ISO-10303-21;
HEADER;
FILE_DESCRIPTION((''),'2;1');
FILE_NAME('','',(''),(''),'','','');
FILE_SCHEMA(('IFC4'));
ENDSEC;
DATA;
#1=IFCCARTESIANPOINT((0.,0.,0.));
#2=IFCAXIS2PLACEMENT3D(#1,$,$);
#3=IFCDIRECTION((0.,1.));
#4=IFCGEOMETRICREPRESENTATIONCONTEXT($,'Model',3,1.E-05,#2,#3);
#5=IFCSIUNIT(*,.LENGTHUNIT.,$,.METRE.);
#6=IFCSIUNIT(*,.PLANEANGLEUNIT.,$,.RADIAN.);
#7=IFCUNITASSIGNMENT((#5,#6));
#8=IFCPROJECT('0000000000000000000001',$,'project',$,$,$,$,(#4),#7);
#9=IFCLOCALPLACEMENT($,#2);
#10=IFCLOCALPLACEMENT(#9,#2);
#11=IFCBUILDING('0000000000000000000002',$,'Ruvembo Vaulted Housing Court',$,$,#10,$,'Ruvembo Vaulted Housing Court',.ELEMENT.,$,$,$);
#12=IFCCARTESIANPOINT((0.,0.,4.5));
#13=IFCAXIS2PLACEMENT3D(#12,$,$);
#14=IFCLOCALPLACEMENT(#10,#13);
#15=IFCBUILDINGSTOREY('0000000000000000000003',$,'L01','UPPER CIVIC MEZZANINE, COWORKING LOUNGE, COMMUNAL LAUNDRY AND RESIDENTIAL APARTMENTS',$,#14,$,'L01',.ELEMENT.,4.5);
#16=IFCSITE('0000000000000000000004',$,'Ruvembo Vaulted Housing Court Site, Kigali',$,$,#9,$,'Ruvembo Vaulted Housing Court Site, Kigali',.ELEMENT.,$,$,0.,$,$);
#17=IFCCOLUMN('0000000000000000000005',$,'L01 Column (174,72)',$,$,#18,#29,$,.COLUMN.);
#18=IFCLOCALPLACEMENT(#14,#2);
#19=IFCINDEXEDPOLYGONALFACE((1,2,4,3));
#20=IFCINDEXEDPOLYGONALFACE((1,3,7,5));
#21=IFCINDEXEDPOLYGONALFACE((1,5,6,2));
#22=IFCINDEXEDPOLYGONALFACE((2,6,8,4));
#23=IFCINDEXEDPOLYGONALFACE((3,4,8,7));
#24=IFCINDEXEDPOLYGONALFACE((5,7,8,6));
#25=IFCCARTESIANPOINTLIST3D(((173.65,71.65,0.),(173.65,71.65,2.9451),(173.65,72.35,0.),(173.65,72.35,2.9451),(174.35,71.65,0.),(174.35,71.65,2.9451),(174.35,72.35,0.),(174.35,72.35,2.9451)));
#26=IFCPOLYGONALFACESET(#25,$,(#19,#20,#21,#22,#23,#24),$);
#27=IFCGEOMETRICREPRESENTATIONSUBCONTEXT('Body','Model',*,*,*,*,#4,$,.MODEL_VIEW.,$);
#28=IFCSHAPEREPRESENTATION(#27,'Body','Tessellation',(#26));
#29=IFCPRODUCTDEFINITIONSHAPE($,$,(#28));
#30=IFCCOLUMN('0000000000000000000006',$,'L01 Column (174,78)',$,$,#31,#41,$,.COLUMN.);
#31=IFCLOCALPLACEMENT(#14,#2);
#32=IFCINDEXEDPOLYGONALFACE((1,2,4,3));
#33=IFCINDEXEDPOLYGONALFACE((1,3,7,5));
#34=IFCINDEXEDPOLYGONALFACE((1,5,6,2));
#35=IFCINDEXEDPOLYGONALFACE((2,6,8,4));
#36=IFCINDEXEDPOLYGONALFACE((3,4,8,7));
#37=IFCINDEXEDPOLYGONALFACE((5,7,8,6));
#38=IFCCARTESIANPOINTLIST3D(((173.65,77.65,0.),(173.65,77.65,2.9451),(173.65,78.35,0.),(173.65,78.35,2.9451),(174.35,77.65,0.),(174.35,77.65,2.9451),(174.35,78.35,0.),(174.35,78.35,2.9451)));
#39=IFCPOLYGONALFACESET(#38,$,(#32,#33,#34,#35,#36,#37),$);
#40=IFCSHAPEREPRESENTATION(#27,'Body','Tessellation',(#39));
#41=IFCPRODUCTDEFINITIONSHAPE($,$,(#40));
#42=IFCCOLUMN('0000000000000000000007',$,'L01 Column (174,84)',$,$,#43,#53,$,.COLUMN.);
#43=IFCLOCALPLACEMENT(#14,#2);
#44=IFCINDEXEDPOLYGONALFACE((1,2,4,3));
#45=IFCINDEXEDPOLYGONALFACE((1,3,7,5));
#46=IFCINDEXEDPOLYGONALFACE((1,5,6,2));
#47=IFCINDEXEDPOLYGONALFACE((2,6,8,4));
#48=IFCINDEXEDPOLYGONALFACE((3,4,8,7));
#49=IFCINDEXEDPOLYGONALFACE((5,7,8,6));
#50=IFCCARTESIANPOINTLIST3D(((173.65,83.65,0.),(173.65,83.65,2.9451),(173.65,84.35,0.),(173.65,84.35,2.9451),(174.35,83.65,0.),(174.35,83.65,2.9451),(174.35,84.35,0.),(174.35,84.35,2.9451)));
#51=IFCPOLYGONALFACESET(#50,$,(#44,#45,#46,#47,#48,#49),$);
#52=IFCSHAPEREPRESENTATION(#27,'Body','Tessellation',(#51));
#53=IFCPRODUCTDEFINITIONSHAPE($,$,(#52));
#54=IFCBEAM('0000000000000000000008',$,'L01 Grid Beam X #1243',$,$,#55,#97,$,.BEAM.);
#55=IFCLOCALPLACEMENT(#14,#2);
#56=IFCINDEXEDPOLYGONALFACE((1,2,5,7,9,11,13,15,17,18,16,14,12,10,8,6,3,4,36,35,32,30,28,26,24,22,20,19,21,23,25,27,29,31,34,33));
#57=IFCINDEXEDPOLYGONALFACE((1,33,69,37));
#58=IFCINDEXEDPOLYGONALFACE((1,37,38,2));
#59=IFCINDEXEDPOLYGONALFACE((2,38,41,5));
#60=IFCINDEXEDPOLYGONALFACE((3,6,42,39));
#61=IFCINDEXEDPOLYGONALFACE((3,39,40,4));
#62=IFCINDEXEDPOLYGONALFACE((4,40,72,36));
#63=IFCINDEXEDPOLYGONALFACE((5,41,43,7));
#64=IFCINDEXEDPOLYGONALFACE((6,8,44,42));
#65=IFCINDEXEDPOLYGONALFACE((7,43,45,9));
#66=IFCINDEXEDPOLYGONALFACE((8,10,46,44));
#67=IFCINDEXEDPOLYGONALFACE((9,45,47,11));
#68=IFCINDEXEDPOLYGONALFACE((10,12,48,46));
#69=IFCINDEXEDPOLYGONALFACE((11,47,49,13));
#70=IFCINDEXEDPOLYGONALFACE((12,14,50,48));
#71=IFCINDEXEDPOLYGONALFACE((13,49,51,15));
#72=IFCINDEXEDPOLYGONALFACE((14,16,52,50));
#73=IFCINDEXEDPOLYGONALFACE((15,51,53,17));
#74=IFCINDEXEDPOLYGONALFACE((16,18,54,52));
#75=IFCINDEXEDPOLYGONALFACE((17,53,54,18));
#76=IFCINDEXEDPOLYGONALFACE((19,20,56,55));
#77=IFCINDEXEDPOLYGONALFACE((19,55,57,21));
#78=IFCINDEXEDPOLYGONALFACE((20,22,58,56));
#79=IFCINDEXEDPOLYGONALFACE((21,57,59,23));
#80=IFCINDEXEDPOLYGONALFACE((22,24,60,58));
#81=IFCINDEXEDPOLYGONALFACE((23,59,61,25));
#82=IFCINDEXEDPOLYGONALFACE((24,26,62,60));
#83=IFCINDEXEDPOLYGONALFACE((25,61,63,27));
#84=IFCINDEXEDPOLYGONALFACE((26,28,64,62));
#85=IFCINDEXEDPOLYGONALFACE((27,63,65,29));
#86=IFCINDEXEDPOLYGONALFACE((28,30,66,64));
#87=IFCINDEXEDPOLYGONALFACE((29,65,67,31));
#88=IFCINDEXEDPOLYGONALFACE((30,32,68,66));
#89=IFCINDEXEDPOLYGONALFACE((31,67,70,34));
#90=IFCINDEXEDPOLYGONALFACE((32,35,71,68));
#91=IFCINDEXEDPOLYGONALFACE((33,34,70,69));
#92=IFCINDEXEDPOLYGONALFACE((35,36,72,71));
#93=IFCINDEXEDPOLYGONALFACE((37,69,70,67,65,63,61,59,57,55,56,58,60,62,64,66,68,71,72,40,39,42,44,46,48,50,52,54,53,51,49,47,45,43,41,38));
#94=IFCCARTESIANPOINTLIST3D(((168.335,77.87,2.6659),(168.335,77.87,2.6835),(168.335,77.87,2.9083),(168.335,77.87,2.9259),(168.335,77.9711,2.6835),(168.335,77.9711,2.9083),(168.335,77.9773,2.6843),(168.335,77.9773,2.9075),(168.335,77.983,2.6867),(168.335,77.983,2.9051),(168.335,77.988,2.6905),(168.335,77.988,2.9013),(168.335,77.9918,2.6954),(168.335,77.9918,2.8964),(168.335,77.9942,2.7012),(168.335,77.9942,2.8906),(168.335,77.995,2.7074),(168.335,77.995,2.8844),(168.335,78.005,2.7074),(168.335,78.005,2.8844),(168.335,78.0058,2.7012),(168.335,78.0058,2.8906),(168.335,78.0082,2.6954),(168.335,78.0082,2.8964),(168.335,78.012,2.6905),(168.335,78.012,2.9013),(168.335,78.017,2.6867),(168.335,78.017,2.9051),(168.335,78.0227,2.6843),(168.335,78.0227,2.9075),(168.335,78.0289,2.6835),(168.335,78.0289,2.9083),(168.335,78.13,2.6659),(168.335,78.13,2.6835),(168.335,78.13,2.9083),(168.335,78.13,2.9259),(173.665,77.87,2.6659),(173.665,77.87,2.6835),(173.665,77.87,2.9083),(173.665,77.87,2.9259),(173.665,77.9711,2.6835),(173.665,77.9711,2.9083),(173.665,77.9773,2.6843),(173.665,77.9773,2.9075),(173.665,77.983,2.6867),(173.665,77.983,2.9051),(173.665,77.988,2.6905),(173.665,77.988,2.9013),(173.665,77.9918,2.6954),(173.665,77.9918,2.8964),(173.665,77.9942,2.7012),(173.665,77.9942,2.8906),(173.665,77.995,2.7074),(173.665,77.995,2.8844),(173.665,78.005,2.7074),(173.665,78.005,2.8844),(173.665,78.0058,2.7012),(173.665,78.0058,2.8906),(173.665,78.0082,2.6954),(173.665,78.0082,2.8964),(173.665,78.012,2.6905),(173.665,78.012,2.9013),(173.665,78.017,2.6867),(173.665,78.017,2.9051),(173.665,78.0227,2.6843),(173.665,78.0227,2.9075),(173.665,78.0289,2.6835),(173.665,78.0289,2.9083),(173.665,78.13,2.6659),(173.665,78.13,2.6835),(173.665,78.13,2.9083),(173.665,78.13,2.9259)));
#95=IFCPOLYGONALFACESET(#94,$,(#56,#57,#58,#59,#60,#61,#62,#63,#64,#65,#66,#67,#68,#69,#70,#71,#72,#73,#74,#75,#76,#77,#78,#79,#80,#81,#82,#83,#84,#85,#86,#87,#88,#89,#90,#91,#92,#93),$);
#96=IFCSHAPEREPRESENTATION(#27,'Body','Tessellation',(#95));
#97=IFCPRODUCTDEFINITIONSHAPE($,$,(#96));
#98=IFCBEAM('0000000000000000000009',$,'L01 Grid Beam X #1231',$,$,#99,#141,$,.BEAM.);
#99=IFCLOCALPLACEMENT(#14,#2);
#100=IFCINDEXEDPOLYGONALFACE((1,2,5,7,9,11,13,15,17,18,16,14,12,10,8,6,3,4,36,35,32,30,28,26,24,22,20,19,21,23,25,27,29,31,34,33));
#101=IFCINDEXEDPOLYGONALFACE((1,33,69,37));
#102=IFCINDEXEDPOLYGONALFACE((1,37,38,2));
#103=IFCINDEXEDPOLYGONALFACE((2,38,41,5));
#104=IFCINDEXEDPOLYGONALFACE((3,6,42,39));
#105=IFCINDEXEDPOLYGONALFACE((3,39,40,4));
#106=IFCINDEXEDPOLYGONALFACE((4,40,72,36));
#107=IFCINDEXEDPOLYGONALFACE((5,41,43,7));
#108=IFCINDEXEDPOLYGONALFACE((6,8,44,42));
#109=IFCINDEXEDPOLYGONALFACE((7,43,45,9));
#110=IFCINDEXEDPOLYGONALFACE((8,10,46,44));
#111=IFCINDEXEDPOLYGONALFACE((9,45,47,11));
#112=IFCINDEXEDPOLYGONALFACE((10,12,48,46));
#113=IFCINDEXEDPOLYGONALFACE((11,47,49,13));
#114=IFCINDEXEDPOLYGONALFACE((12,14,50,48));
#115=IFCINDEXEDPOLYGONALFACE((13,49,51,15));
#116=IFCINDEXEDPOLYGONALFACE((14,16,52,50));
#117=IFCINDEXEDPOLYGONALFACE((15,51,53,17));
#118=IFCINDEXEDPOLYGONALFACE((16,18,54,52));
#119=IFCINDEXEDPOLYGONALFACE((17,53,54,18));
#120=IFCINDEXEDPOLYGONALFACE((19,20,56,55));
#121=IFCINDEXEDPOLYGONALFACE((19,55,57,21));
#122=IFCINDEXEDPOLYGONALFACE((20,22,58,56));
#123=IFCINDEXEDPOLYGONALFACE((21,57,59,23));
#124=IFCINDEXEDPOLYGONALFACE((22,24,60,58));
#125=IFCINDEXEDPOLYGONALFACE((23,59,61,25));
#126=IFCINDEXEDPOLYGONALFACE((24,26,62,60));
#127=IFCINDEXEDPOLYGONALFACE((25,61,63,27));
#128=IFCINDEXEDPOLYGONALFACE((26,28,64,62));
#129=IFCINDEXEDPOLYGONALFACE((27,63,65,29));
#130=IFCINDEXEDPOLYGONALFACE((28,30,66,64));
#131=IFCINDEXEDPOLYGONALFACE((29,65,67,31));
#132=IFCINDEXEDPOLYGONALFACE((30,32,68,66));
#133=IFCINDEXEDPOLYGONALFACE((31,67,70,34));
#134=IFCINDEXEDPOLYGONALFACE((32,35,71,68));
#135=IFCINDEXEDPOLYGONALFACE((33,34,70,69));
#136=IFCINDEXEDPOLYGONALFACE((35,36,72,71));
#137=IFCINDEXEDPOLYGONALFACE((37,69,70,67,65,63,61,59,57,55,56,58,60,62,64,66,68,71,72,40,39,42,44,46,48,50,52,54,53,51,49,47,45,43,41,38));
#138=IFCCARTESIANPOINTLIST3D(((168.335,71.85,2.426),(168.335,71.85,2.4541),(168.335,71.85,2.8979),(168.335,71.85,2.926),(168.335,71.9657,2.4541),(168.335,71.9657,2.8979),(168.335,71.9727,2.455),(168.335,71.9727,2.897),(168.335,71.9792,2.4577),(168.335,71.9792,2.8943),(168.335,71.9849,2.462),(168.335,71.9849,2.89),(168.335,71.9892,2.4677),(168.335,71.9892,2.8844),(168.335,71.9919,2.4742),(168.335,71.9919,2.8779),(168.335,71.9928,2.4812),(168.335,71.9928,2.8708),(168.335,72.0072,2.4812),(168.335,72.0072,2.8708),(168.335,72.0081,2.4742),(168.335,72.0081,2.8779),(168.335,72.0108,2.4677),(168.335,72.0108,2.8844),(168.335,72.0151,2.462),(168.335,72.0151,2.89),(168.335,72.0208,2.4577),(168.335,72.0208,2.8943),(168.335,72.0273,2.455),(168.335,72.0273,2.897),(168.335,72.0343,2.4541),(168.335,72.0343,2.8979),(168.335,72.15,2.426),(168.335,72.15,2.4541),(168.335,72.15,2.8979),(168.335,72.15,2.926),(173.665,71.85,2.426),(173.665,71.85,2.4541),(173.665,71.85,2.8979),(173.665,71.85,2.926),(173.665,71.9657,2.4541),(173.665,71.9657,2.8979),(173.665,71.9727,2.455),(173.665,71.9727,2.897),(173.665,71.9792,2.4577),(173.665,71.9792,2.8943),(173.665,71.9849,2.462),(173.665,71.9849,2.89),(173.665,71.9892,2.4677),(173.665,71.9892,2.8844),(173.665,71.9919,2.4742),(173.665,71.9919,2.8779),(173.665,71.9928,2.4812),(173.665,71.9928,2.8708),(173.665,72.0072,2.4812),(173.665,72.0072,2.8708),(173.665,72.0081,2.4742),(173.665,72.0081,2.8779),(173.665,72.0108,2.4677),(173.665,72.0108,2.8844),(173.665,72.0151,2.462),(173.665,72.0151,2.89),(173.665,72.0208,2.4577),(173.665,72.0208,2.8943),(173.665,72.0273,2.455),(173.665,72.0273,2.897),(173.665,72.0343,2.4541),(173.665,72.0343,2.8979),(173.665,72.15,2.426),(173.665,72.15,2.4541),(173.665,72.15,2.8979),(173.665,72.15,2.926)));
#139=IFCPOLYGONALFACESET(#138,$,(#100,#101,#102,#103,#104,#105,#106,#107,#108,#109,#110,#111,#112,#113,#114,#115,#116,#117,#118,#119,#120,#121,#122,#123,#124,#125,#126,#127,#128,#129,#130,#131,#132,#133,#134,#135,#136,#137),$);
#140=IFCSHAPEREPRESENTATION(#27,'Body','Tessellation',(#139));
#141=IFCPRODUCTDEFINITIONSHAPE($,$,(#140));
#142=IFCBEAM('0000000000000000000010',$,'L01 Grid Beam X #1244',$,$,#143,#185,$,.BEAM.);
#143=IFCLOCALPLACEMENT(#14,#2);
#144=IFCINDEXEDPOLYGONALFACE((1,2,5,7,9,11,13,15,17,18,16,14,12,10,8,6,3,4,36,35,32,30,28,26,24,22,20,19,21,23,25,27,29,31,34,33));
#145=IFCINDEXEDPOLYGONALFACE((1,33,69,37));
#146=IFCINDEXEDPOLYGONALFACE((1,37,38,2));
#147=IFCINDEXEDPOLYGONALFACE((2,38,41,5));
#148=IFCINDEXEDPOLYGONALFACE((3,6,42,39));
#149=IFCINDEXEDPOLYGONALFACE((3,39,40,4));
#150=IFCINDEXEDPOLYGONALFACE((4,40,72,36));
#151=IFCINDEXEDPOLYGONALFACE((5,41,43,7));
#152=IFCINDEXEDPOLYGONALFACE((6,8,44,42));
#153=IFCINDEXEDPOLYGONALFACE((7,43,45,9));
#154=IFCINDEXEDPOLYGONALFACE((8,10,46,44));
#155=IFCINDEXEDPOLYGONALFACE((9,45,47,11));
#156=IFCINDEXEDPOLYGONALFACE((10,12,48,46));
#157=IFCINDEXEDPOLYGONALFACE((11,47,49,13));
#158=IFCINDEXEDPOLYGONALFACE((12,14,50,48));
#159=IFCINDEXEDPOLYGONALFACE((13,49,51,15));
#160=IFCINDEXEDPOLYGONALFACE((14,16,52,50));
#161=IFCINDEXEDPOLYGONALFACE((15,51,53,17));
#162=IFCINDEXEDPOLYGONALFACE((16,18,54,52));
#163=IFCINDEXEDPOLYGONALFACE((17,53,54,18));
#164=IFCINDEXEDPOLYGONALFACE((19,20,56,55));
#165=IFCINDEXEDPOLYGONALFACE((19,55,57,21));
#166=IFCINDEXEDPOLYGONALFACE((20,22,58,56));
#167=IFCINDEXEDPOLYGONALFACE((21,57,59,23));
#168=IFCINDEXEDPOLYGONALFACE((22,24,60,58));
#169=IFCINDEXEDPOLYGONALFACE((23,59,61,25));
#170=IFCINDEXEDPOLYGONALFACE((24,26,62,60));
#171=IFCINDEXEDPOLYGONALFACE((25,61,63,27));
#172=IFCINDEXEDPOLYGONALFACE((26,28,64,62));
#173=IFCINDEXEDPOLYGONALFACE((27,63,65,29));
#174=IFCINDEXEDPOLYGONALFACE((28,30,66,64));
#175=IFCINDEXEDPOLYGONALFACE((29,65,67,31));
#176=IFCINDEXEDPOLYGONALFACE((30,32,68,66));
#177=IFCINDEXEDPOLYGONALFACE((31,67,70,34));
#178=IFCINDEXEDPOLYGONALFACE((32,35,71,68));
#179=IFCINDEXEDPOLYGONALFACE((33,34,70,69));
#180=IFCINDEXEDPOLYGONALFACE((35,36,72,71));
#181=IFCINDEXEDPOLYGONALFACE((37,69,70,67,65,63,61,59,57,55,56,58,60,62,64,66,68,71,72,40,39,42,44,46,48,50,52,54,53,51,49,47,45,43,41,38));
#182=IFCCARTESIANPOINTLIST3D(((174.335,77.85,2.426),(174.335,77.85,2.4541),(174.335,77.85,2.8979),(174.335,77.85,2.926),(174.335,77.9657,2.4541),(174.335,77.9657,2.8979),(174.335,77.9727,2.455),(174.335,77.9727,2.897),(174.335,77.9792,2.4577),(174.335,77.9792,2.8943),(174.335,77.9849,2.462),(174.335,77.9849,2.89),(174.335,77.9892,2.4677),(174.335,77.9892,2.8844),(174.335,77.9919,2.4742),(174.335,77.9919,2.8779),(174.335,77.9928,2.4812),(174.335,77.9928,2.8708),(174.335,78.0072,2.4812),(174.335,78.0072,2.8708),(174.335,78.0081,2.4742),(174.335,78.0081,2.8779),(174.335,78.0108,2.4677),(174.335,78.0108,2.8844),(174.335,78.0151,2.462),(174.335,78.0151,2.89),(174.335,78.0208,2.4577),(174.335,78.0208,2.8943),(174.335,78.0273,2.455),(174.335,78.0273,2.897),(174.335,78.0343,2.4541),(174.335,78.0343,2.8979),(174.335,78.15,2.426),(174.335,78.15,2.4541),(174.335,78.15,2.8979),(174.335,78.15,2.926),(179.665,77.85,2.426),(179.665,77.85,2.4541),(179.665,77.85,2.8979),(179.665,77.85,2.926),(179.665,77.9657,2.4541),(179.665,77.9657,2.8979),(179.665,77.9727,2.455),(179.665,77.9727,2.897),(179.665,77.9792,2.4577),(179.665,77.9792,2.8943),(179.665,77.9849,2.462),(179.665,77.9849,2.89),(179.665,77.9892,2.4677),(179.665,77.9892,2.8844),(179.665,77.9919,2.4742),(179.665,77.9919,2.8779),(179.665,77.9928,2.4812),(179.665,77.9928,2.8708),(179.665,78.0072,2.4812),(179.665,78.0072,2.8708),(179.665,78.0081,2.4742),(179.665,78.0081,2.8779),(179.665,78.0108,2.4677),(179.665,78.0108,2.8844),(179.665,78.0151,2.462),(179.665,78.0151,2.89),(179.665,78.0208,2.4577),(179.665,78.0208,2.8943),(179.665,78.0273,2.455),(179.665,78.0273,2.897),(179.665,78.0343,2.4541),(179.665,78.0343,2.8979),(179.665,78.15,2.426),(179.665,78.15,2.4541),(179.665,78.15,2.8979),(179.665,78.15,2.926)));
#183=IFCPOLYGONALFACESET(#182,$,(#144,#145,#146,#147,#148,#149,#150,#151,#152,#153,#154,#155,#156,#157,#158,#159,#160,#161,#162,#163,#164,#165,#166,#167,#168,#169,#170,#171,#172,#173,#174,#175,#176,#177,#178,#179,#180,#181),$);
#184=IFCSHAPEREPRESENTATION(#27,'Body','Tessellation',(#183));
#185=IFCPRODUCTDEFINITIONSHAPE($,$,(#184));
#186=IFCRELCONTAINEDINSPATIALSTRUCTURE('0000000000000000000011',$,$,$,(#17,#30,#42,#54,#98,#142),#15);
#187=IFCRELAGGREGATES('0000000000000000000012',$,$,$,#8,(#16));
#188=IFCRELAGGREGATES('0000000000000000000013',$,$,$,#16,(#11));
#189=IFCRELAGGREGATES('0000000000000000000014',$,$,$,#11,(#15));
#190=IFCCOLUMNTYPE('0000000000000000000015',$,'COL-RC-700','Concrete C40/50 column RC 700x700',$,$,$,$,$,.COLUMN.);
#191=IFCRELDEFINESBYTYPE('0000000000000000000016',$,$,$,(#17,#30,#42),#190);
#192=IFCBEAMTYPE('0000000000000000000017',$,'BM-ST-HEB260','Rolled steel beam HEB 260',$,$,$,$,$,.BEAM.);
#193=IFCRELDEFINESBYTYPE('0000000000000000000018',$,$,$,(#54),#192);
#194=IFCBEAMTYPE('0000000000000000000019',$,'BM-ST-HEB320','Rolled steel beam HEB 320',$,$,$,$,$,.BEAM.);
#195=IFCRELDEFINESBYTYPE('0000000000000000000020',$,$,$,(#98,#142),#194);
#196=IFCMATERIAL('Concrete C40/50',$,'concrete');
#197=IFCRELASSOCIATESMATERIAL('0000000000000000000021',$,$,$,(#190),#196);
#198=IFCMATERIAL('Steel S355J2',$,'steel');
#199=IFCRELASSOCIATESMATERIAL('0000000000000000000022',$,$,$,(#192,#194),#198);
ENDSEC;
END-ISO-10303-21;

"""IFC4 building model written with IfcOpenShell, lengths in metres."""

from ifc_helpers import new_model, si_unit, direction, frame, origin, origin_2d, place, context, subcontext, project, spatial, rectangle, i_section, extrude, material, material_profile, profile_set, type_object, element, save


model = new_model("IFC4")

# Units and contexts
model_context = context("Model", 3, precision=1e-05, world=origin(), true_north=direction((0.0, 1.0)))
body_context = subcontext(model_context, "Body", "Model", "MODEL_VIEW")
ifc_project = project(units=[si_unit("LENGTHUNIT", "METRE"), si_unit("PLANEANGLEUNIT", "RADIAN")], contexts=[model_context])

# Site, building, storey
site_placement = place(None, origin())
site = spatial("IfcSite", under=ifc_project, at=site_placement, Name="Ruvembo Vaulted Housing Court Site, Kigali", LongName="Ruvembo Vaulted Housing Court Site, Kigali", CompositionType="ELEMENT", RefElevation=0.0)
building_placement = place(site_placement, origin())
building = spatial("IfcBuilding", under=site, at=building_placement, Name="Ruvembo Vaulted Housing Court", LongName="Ruvembo Vaulted Housing Court", CompositionType="ELEMENT")
storey_placement = place(building_placement, frame((0.0, 0.0, 4.5)))
storey = spatial("IfcBuildingStorey", under=building, at=storey_placement, Name="L01", Description="UPPER CIVIC MEZZANINE, COWORKING LOUNGE, COMMUNAL LAUNDRY AND RESIDENTIAL APARTMENTS", LongName="L01", CompositionType="ELEMENT", Elevation=4.5)

# Columns
ifc_material_1 = material(Name="Concrete C40/50", Category="concrete")
ifc_material_profile_1 = material_profile(ifc_material_1, rectangle(XDim=0.7, YDim=0.7, at=origin_2d()), Name="RC 700x700")
ifc_profile_set_1 = profile_set([ifc_material_profile_1], Name="Concrete C40/50")
column_type = type_object("IfcColumnType", Name="COL-RC-700", Description="Concrete C40/50 column RC 700x700", PredefinedType="COLUMN", material=ifc_profile_set_1)
for number, where, z_axis, x_axis, name in (
    (1, (174.0, 72.0, 0.0), (0.0, 0.0, 1.0), (1.0, 0.0, 0.0), "L01 Column (174,72)"),
    (2, (174.0, 78.0, 0.0), (0.0, 0.0, 1.0), (1.0, 0.0, 0.0), "L01 Column (174,78)"),
    (3, (174.0, 84.0, 0.0), (0.0, 0.0, 1.0), (1.0, 0.0, 0.0), "L01 Column (174,84)"),
):
    element("IfcColumn", number, at=place(storey_placement, frame(where, z_axis=z_axis, x_axis=x_axis)), inside=storey, type_object=column_type, Name=name, PredefinedType="COLUMN", context=body_context, shape_type="SweptSolid", body=[
        extrude(rectangle(XDim=0.7, YDim=0.7, at=origin_2d()), origin(), (0.0, 0.0, 1.0), 2.9451),
    ])

# Beams
ifc_material_2 = material(Name="Steel S355J2", Category="steel")
ifc_material_profile_2 = material_profile(ifc_material_2, i_section(OverallWidth=0.26, OverallDepth=0.26, WebThickness=0.01, FlangeThickness=0.0176, FilletRadius=0.0239, at=origin_2d()), Name="HEB 260")
ifc_profile_set_2 = profile_set([ifc_material_profile_2], Name="Steel S355J2")
beam_type_1 = type_object("IfcBeamType", Name="BM-ST-HEB260", Description="Rolled steel beam HEB 260", PredefinedType="BEAM", material=ifc_profile_set_2)
beam_1_placement = place(storey_placement, frame((168.335, 78.0, 2.7959), z_axis=(1.0, 0.0, 0.0), x_axis=(0.0, 1.0, 0.0)))
element("IfcBeam", 4, at=beam_1_placement, inside=storey, type_object=beam_type_1, Name="L01 Grid Beam X #1243", PredefinedType="BEAM", context=body_context, shape_type="SweptSolid", body=[
    extrude(i_section(OverallWidth=0.26, OverallDepth=0.26, WebThickness=0.01, FlangeThickness=0.0176, FilletRadius=0.0239, at=origin_2d()), origin(), (0.0, 0.0, 1.0), 5.3301),
])
ifc_material_profile_3 = material_profile(ifc_material_2, i_section(OverallWidth=0.3, OverallDepth=0.5, WebThickness=0.0144, FlangeThickness=0.0281, FilletRadius=0.0271, at=origin_2d()), Name="HEB 320")
ifc_profile_set_3 = profile_set([ifc_material_profile_3], Name="Steel S355J2")
beam_type_2 = type_object("IfcBeamType", Name="BM-ST-HEB320", Description="Rolled steel beam HEB 320", PredefinedType="BEAM", material=ifc_profile_set_3)
for number, where, z_axis, x_axis, name in (
    (5, (168.335, 72.0, 2.676), (1.0, 0.0, 0.0), (0.0, 1.0, 0.0), "L01 Grid Beam X #1231"),
    (6, (174.335, 78.0, 2.676), (1.0, 0.0, 0.0), (0.0, 1.0, 0.0), "L01 Grid Beam X #1244"),
):
    element("IfcBeam", number, at=place(storey_placement, frame(where, z_axis=z_axis, x_axis=x_axis)), inside=storey, type_object=beam_type_2, Name=name, PredefinedType="BEAM", context=body_context, shape_type="SweptSolid", body=[
        extrude(i_section(OverallWidth=0.3, OverallDepth=0.5, WebThickness=0.0144, FlangeThickness=0.0281, FilletRadius=0.0271, at=origin_2d()), origin(), (0.0, 0.0, 1.0), 5.3301),
    ])

save(model, "model.ifc")
